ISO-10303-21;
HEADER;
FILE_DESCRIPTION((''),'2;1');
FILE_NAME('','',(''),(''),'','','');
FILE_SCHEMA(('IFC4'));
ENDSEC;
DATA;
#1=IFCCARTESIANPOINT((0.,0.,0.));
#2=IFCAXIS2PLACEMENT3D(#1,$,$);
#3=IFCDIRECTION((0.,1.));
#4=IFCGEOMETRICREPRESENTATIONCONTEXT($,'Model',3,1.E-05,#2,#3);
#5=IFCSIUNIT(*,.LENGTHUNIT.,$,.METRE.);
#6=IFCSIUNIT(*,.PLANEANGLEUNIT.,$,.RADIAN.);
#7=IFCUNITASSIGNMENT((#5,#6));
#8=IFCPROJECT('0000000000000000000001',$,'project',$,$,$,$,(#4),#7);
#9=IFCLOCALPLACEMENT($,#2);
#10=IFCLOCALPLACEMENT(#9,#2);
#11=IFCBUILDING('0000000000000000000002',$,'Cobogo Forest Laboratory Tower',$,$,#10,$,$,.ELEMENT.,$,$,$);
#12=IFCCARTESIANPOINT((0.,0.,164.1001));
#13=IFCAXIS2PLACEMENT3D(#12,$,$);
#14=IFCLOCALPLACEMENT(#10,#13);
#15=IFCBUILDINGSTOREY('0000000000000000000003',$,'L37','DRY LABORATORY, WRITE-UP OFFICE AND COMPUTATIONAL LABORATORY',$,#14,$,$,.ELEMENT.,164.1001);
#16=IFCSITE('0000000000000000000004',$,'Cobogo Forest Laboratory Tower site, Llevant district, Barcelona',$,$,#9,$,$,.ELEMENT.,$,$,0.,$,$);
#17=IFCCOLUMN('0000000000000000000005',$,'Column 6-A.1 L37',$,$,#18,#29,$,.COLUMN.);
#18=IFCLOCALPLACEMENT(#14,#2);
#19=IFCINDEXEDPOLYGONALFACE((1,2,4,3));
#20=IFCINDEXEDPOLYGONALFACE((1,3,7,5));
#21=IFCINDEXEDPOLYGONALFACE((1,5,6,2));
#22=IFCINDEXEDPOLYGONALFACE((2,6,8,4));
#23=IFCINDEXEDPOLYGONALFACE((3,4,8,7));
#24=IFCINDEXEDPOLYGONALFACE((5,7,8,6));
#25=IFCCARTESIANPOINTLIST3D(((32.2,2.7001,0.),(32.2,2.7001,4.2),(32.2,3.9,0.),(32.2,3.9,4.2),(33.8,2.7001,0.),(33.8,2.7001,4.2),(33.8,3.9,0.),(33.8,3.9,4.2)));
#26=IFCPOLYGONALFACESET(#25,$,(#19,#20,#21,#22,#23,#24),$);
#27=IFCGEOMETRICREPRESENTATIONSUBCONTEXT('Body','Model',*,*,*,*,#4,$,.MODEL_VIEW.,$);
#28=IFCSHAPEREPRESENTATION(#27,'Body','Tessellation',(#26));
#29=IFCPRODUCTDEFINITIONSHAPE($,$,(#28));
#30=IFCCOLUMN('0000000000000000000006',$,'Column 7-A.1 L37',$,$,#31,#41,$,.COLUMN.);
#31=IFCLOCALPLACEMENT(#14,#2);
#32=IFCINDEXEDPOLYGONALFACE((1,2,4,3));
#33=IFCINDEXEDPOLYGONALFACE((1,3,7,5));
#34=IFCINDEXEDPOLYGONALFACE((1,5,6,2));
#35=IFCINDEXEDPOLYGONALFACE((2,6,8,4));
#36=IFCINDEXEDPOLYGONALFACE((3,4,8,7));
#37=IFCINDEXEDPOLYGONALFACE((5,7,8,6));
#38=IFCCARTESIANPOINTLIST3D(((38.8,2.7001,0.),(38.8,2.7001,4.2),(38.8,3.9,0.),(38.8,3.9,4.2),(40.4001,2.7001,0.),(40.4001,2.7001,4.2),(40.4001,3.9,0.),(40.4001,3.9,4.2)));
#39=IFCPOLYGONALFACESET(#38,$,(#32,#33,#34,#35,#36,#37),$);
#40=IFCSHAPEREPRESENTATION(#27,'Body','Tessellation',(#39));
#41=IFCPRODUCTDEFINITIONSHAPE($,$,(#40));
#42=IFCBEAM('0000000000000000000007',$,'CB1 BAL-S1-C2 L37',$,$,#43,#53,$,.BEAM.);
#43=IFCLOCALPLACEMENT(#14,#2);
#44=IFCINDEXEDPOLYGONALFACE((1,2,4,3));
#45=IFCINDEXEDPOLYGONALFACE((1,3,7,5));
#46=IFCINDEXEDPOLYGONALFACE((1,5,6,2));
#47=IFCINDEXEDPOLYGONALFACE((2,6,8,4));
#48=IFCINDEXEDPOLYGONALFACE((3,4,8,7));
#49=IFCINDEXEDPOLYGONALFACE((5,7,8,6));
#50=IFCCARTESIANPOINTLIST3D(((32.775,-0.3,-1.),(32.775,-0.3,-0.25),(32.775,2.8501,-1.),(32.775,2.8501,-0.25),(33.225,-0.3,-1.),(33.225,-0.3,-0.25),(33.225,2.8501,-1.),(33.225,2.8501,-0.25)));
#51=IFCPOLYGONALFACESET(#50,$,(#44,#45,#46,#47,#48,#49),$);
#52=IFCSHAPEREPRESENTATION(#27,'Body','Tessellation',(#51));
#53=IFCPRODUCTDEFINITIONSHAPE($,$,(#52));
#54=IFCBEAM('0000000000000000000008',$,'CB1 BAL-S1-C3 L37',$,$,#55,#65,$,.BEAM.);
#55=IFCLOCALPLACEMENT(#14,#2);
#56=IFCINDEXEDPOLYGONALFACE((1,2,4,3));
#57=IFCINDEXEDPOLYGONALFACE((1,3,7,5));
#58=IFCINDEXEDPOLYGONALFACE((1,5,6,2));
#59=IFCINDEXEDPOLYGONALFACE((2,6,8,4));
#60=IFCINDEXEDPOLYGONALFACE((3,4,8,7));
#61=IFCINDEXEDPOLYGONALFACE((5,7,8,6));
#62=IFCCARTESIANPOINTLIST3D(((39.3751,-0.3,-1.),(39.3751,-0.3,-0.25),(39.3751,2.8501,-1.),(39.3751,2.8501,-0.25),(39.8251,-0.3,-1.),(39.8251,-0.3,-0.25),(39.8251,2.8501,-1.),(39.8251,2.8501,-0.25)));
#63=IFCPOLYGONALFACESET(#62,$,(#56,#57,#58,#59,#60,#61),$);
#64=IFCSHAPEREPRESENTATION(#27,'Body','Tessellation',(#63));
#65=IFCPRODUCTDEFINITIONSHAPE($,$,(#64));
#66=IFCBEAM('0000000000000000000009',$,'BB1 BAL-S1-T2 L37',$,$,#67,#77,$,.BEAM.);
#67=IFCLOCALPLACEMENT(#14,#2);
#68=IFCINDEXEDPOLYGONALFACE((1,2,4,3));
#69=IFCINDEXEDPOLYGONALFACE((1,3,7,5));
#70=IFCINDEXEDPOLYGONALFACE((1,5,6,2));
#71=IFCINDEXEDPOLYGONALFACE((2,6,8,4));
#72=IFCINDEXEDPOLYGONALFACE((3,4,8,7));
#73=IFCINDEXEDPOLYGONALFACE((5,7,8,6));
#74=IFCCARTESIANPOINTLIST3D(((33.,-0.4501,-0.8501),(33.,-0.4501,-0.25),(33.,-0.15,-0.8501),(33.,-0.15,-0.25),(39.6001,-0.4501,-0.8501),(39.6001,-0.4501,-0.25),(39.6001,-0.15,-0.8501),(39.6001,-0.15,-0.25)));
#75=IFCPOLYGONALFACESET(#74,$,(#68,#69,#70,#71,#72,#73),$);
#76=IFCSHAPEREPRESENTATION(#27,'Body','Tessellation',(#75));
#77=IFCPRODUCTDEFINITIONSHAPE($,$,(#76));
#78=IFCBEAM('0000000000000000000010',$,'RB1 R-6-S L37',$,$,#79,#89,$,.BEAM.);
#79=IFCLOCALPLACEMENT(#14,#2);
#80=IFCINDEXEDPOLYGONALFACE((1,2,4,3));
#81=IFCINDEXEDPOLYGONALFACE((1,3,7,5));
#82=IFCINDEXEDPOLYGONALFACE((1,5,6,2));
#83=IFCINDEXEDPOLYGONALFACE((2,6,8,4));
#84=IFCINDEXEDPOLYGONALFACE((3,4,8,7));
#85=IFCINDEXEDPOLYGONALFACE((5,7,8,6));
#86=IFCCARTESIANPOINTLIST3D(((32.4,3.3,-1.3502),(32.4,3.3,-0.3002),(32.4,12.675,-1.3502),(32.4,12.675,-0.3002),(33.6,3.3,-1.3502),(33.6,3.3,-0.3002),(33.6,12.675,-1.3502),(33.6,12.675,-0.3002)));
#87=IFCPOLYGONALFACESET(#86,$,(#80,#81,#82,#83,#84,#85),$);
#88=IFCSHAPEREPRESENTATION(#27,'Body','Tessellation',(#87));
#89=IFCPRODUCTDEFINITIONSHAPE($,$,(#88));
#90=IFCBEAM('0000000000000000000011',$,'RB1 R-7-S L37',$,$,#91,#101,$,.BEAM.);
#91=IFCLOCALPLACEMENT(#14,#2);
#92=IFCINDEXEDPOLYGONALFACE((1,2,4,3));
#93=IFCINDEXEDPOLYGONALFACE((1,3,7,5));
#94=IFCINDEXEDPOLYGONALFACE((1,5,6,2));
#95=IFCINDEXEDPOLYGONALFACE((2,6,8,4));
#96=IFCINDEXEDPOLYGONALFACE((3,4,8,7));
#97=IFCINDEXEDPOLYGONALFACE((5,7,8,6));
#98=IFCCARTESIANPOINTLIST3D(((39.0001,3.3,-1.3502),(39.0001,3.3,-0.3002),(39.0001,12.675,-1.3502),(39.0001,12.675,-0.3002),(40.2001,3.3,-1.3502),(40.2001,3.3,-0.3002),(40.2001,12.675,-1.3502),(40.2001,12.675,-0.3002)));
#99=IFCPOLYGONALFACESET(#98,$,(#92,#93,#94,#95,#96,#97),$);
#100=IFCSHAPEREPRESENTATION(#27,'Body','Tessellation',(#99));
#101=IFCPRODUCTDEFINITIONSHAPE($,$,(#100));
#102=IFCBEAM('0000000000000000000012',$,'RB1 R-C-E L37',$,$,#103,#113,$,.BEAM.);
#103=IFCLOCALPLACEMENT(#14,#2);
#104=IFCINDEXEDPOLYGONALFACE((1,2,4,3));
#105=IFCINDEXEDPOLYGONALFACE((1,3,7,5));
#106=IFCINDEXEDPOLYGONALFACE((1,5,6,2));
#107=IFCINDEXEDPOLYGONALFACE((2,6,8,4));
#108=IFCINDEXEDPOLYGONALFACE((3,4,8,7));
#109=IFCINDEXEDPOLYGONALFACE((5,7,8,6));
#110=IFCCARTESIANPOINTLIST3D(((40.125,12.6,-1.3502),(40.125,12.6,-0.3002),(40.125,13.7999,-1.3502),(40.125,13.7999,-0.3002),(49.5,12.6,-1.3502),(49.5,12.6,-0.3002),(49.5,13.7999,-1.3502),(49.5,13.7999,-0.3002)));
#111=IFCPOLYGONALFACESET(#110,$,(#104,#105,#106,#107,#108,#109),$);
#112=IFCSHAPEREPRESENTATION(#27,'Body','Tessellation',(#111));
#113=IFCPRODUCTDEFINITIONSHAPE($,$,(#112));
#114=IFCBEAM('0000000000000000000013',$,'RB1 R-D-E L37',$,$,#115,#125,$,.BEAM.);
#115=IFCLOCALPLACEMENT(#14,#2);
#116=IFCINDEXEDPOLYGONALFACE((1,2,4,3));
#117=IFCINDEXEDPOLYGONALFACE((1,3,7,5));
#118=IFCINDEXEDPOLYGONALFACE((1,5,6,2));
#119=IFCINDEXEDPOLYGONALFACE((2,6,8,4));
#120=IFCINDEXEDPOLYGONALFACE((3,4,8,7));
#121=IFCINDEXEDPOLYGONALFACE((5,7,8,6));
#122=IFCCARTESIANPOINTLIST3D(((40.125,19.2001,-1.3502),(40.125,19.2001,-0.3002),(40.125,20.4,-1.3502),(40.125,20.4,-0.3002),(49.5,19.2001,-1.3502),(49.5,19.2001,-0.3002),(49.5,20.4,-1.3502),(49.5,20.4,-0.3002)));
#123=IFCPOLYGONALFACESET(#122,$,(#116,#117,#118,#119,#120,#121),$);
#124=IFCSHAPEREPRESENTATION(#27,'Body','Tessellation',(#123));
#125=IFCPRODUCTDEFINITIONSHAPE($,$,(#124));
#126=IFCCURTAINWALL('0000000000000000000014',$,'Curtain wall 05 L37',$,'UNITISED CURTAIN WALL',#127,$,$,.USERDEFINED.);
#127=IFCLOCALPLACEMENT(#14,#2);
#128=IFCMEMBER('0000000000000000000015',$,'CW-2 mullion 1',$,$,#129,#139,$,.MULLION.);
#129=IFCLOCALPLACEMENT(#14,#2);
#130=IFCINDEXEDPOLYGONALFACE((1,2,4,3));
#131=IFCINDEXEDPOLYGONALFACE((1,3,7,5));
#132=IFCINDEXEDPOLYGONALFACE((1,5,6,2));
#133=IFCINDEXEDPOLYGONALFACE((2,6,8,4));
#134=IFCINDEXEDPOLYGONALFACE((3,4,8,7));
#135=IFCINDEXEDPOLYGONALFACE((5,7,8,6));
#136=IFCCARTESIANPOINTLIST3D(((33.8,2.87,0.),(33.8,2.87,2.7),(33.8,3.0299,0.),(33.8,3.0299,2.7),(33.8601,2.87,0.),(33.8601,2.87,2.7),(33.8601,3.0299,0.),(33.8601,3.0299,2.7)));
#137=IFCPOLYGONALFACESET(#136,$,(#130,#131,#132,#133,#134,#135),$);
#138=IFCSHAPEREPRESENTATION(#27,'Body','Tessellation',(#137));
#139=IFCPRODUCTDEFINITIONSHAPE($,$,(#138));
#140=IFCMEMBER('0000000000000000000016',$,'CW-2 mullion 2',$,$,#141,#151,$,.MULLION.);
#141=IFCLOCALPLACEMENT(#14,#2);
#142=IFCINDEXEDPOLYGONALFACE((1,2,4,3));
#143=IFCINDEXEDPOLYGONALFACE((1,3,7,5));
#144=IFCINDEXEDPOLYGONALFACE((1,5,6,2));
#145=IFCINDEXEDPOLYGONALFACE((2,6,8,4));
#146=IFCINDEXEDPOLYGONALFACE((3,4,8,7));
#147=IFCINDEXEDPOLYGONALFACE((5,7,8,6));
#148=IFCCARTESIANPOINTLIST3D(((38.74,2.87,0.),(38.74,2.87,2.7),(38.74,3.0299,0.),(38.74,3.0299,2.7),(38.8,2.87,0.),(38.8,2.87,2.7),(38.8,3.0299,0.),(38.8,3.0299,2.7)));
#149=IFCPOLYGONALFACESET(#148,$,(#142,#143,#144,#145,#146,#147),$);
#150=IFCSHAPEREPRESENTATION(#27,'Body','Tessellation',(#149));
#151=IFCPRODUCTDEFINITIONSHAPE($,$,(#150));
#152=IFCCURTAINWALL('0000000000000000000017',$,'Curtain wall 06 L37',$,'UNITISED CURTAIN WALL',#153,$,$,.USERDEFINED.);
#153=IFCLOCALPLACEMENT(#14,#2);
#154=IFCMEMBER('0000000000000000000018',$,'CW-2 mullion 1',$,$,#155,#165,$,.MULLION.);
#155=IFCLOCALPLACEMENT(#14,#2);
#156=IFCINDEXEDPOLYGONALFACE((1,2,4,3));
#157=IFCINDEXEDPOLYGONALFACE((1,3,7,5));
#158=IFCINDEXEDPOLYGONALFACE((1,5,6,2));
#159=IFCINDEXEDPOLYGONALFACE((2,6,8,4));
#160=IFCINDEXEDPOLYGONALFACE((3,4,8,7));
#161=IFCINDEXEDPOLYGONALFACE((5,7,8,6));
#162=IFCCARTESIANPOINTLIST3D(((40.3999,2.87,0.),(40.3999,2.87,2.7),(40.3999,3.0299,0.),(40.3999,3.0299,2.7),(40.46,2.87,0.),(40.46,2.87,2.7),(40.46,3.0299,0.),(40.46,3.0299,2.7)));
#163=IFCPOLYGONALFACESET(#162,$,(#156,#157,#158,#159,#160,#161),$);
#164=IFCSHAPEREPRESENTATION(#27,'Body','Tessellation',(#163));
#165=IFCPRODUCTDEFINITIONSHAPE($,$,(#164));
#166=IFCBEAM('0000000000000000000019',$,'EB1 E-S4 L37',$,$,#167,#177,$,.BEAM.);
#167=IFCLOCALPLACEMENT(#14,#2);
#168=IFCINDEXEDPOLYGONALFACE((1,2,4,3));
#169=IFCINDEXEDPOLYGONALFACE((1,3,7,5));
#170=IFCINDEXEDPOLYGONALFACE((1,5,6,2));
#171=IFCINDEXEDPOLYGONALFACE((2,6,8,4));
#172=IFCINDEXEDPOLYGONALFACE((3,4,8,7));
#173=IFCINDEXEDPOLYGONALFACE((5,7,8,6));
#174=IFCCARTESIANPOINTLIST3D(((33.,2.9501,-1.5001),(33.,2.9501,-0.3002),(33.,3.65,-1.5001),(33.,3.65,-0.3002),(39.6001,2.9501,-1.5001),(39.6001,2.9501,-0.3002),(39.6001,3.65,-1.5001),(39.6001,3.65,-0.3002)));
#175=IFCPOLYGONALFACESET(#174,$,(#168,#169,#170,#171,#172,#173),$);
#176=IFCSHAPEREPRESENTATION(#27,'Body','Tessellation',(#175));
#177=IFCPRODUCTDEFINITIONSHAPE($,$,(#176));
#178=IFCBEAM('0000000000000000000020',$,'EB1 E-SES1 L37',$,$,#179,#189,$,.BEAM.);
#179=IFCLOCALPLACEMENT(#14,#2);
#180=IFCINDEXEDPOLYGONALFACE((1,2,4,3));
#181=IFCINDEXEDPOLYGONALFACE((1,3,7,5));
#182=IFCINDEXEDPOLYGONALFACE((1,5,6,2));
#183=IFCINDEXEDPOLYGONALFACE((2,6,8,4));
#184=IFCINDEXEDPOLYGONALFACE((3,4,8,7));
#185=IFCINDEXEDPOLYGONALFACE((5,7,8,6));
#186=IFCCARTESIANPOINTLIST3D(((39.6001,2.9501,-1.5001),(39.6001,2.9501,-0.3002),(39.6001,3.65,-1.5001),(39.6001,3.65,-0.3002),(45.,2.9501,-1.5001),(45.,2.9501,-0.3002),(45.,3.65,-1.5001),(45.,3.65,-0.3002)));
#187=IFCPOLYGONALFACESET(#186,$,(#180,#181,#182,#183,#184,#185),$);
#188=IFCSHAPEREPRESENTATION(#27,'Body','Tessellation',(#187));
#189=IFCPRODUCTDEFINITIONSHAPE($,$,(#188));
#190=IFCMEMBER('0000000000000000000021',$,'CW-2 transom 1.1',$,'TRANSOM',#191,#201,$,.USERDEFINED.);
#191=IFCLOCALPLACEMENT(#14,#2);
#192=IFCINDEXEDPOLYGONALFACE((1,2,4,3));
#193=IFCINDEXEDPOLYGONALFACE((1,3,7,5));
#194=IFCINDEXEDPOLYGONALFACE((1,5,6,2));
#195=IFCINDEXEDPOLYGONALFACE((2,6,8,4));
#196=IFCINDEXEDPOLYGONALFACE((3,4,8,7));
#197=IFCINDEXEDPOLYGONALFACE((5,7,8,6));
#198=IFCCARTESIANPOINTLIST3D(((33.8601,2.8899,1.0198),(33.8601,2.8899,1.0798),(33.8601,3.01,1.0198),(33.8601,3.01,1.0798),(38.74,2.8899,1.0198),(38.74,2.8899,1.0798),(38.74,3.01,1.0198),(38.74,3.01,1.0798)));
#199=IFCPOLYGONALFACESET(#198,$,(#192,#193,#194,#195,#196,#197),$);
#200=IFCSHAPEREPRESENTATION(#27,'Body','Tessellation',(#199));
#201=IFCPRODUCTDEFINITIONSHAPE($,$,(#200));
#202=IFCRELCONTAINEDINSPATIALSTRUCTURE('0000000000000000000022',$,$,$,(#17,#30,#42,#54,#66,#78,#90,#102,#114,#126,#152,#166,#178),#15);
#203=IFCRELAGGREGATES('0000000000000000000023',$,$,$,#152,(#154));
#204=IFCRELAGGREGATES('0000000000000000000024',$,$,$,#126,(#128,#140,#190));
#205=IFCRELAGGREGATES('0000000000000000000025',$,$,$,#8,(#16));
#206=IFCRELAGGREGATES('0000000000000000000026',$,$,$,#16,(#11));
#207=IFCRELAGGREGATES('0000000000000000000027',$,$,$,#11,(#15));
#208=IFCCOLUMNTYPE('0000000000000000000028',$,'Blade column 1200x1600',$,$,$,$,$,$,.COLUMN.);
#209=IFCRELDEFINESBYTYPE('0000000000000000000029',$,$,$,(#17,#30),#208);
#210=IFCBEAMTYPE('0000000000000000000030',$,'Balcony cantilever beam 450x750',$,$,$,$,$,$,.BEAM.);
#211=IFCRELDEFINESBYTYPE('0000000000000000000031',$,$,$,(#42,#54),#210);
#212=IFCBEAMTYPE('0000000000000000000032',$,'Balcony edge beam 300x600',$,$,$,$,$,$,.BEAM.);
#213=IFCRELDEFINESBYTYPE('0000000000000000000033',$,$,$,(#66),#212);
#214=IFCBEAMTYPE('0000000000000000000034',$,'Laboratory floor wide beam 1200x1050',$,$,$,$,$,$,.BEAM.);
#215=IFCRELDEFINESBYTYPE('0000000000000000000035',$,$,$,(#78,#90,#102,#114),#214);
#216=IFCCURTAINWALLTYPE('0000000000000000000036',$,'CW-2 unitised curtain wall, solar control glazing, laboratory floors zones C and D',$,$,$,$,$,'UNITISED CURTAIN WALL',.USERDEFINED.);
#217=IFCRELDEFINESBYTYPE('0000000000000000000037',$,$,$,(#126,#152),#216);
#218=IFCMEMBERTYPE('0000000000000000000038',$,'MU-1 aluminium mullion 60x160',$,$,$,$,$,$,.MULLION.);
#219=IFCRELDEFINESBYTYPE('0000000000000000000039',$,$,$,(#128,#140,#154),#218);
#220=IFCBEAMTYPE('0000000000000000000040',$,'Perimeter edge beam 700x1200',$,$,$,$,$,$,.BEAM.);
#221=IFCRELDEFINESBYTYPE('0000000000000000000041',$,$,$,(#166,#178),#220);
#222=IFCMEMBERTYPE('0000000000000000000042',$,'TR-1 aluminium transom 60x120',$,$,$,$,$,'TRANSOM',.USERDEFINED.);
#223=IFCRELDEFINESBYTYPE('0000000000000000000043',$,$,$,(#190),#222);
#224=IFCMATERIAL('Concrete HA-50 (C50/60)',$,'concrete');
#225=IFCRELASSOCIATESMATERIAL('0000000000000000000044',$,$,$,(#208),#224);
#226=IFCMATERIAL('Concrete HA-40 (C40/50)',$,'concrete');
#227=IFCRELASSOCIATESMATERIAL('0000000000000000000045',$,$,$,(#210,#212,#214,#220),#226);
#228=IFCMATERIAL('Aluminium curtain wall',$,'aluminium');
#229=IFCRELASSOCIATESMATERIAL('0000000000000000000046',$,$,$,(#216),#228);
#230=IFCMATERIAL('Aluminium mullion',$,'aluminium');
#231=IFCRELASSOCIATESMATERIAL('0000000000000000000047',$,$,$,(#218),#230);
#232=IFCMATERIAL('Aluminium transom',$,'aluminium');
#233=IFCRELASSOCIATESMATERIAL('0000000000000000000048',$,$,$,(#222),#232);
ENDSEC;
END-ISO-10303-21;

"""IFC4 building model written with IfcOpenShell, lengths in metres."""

from ifc_helpers import new_model, si_unit, direction, frame, origin, origin_2d, place, context, subcontext, project, spatial, rectangle, extrude, material, material_profile, profile_set, type_object, element, aggregate, save


model = new_model("IFC4")

# Units and contexts
model_context = context("Model", 3, precision=1e-05, world=origin(), true_north=direction((0.0, 1.0)))
body_context = subcontext(model_context, "Body", "Model", "MODEL_VIEW")
ifc_project = project(units=[si_unit("LENGTHUNIT", "METRE"), si_unit("PLANEANGLEUNIT", "RADIAN")], contexts=[model_context])

# Site, building, storey
site_placement = place(None, origin())
site = spatial("IfcSite", under=ifc_project, at=site_placement, Name="Cobogo Forest Laboratory Tower site, Llevant district, Barcelona", CompositionType="ELEMENT", RefElevation=0.0)
building_placement = place(site_placement, origin())
building = spatial("IfcBuilding", under=site, at=building_placement, Name="Cobogo Forest Laboratory Tower", CompositionType="ELEMENT")
storey_placement = place(building_placement, frame((0.0, 0.0, 164.1001)))
storey = spatial("IfcBuildingStorey", under=building, at=storey_placement, Name="L37", Description="DRY LABORATORY, WRITE-UP OFFICE AND COMPUTATIONAL LABORATORY", CompositionType="ELEMENT", Elevation=164.1001)

# Columns
ifc_material_1 = material(Name="Concrete HA-50 (C50/60)", Category="concrete")
ifc_material_profile_1 = material_profile(ifc_material_1, rectangle(XDim=1.6001, YDim=1.2, at=origin_2d()), Name="RC 1200x1600")
ifc_profile_set_1 = profile_set([ifc_material_profile_1], Name="Concrete HA-50 (C50/60)")
column_type = type_object("IfcColumnType", Name="Blade column 1200x1600", PredefinedType="COLUMN", material=ifc_profile_set_1)
for number, where, z_axis, x_axis, name in (
    (1, (33.0, 3.3, 0.0), (0.0, 0.0, 1.0), (1.0, 0.0, 0.0), "Column 6-A.1 L37"),
    (2, (39.6001, 3.3, 0.0), (0.0, 0.0, 1.0), (1.0, 0.0, 0.0), "Column 7-A.1 L37"),
):
    element("IfcColumn", number, at=place(storey_placement, frame(where, z_axis=z_axis, x_axis=x_axis)), inside=storey, type_object=column_type, Name=name, PredefinedType="COLUMN", context=body_context, shape_type="SweptSolid", body=[
        extrude(rectangle(XDim=1.6001, YDim=1.2, at=origin_2d()), origin(), (0.0, 0.0, 1.0), 4.2),
    ])

# Beams
ifc_material_2 = material(Name="Concrete HA-40 (C40/50)", Category="concrete")
ifc_material_profile_2 = material_profile(ifc_material_2, rectangle(XDim=0.45, YDim=0.75, at=origin_2d()), Name="RC 450x750")
ifc_profile_set_2 = profile_set([ifc_material_profile_2], Name="Concrete HA-40 (C40/50)")
beam_type_1 = type_object("IfcBeamType", Name="Balcony cantilever beam 450x750", PredefinedType="BEAM", material=ifc_profile_set_2)
for number, where, z_axis, x_axis, name in (
    (3, (33.0, 2.8501, -0.625), (0.0, -1.0, 0.0), (1.0, 0.0, 0.0), "CB1 BAL-S1-C2 L37"),
    (4, (39.6001, 2.8501, -0.625), (0.0, -1.0, 0.0), (1.0, 0.0, 0.0), "CB1 BAL-S1-C3 L37"),
):
    element("IfcBeam", number, at=place(storey_placement, frame(where, z_axis=z_axis, x_axis=x_axis)), inside=storey, type_object=beam_type_1, Name=name, PredefinedType="BEAM", context=body_context, shape_type="SweptSolid", body=[
        extrude(rectangle(XDim=0.45, YDim=0.75, at=origin_2d()), origin(), (0.0, 0.0, 1.0), 3.1501),
    ])
ifc_material_profile_3 = material_profile(ifc_material_2, rectangle(XDim=0.3, YDim=0.6001, at=origin_2d()), Name="RC 300x600")
ifc_profile_set_3 = profile_set([ifc_material_profile_3], Name="Concrete HA-40 (C40/50)")
beam_type_2 = type_object("IfcBeamType", Name="Balcony edge beam 300x600", PredefinedType="BEAM", material=ifc_profile_set_3)
beam_1_placement = place(storey_placement, frame((33.0, -0.3, -0.55), z_axis=(1.0, 0.0, 0.0), x_axis=(0.0, 1.0, 0.0)))
element("IfcBeam", 5, at=beam_1_placement, inside=storey, type_object=beam_type_2, Name="BB1 BAL-S1-T2 L37", PredefinedType="BEAM", context=body_context, shape_type="SweptSolid", body=[
    extrude(rectangle(XDim=0.3, YDim=0.6001, at=origin_2d()), origin(), (0.0, 0.0, 1.0), 6.6001),
])
ifc_material_profile_4 = material_profile(ifc_material_2, rectangle(XDim=1.2, YDim=1.05, at=origin_2d()), Name="RC 1200x1050")
ifc_profile_set_4 = profile_set([ifc_material_profile_4], Name="Concrete HA-40 (C40/50)")
beam_type_3 = type_object("IfcBeamType", Name="Laboratory floor wide beam 1200x1050", PredefinedType="BEAM", material=ifc_profile_set_4)
for number, where, z_axis, x_axis, name in (
    (6, (33.0, 12.675, -0.8252), (0.0, -1.0, 0.0), (1.0, 0.0, 0.0), "RB1 R-6-S L37"),
    (7, (39.6001, 12.675, -0.8252), (0.0, -1.0, 0.0), (1.0, 0.0, 0.0), "RB1 R-7-S L37"),
    (8, (40.125, 13.2, -0.8252), (1.0, 0.0, 0.0), (0.0, 1.0, 0.0), "RB1 R-C-E L37"),
    (9, (40.125, 19.8, -0.8252), (1.0, 0.0, 0.0), (0.0, 1.0, 0.0), "RB1 R-D-E L37"),
):
    element("IfcBeam", number, at=place(storey_placement, frame(where, z_axis=z_axis, x_axis=x_axis)), inside=storey, type_object=beam_type_3, Name=name, PredefinedType="BEAM", context=body_context, shape_type="SweptSolid", body=[
        extrude(rectangle(XDim=1.2, YDim=1.05, at=origin_2d()), origin(), (0.0, 0.0, 1.0), 9.375),
    ])

# Curtain wall, members
ifc_material_3 = material(Name="Aluminium curtain wall", Category="aluminium")
curtain_wall_type = type_object("IfcCurtainWallType", Name="CW-2 unitised curtain wall, solar control glazing, laboratory floors zones C and D", ElementType="UNITISED CURTAIN WALL", PredefinedType="USERDEFINED", material=ifc_material_3)
curtain_wall_1_placement = place(storey_placement, origin())
curtain_wall_1 = element("IfcCurtainWall", 10, at=curtain_wall_1_placement, inside=storey, type_object=curtain_wall_type, Name="Curtain wall 05 L37", ObjectType="UNITISED CURTAIN WALL", PredefinedType="USERDEFINED")
ifc_material_4 = material(Name="Aluminium mullion", Category="aluminium")
ifc_material_profile_5 = material_profile(ifc_material_4, rectangle(XDim=0.0601, YDim=0.1599, at=origin_2d()), Name="AL 60x160")
ifc_profile_set_5 = profile_set([ifc_material_profile_5], Name="Aluminium mullion")
member_type_1 = type_object("IfcMemberType", Name="MU-1 aluminium mullion 60x160", PredefinedType="MULLION", material=ifc_profile_set_5)
member_1_placement = place(storey_placement, frame((33.8301, 2.95, 0.0), z_axis=(0.0, 0.0, 1.0), x_axis=(1.0, 0.0, 0.0)))
member_1 = element("IfcMember", 11, at=member_1_placement, type_object=member_type_1, Name="CW-2 mullion 1", PredefinedType="MULLION", context=body_context, shape_type="SweptSolid", body=[
    extrude(rectangle(XDim=0.0601, YDim=0.1599, at=origin_2d()), origin(), (0.0, 0.0, 1.0), 2.7),
])
member_2_placement = place(storey_placement, frame((38.77, 2.95, 0.0), z_axis=(0.0, 0.0, 1.0), x_axis=(1.0, 0.0, 0.0)))
member_2 = element("IfcMember", 12, at=member_2_placement, type_object=member_type_1, Name="CW-2 mullion 2", PredefinedType="MULLION", context=body_context, shape_type="SweptSolid", body=[
    extrude(rectangle(XDim=0.0601, YDim=0.1599, at=origin_2d()), origin(), (0.0, 0.0, 1.0), 2.7),
])

# Curtain wall, member
curtain_wall_2_placement = place(storey_placement, origin())
curtain_wall_2 = element("IfcCurtainWall", 13, at=curtain_wall_2_placement, inside=storey, type_object=curtain_wall_type, Name="Curtain wall 06 L37", ObjectType="UNITISED CURTAIN WALL", PredefinedType="USERDEFINED")
member_3_placement = place(storey_placement, frame((40.4299, 2.95, 0.0), z_axis=(0.0, 0.0, 1.0), x_axis=(1.0, 0.0, 0.0)))
member_3 = element("IfcMember", 14, at=member_3_placement, type_object=member_type_1, Name="CW-2 mullion 1", PredefinedType="MULLION", context=body_context, shape_type="SweptSolid", body=[
    extrude(rectangle(XDim=0.0601, YDim=0.1599, at=origin_2d()), origin(), (0.0, 0.0, 1.0), 2.7),
])
aggregate(curtain_wall_2, [member_3])

# Beams
ifc_material_profile_6 = material_profile(ifc_material_2, rectangle(XDim=0.7, YDim=1.2, at=origin_2d()), Name="RC 700x1200")
ifc_profile_set_6 = profile_set([ifc_material_profile_6], Name="Concrete HA-40 (C40/50)")
beam_type_4 = type_object("IfcBeamType", Name="Perimeter edge beam 700x1200", PredefinedType="BEAM", material=ifc_profile_set_6)
beam_2_placement = place(storey_placement, frame((33.0, 3.3, -0.9001), z_axis=(1.0, 0.0, 0.0), x_axis=(0.0, 1.0, 0.0)))
element("IfcBeam", 15, at=beam_2_placement, inside=storey, type_object=beam_type_4, Name="EB1 E-S4 L37", PredefinedType="BEAM", context=body_context, shape_type="SweptSolid", body=[
    extrude(rectangle(XDim=0.7, YDim=1.2, at=origin_2d()), origin(), (0.0, 0.0, 1.0), 6.6001),
])
beam_3_placement = place(storey_placement, frame((39.6001, 3.3, -0.9001), z_axis=(1.0, 0.0, 0.0), x_axis=(0.0, 1.0, 0.0)))
element("IfcBeam", 16, at=beam_3_placement, inside=storey, type_object=beam_type_4, Name="EB1 E-SES1 L37", PredefinedType="BEAM", context=body_context, shape_type="SweptSolid", body=[
    extrude(rectangle(XDim=0.7, YDim=1.2, at=origin_2d()), origin(), (0.0, 0.0, 1.0), 5.3999),
])

# Member
ifc_material_5 = material(Name="Aluminium transom", Category="aluminium")
ifc_material_profile_7 = material_profile(ifc_material_5, rectangle(XDim=0.1201, YDim=0.0601, at=origin_2d()), Name="AL 60x120")
ifc_profile_set_7 = profile_set([ifc_material_profile_7], Name="Aluminium transom")
member_type_2 = type_object("IfcMemberType", Name="TR-1 aluminium transom 60x120", ElementType="TRANSOM", PredefinedType="USERDEFINED", material=ifc_profile_set_7)
member_4_placement = place(storey_placement, frame((33.8601, 2.95, 1.0498), z_axis=(1.0, 0.0, 0.0), x_axis=(0.0, 1.0, 0.0)))
member_4 = element("IfcMember", 17, at=member_4_placement, type_object=member_type_2, Name="CW-2 transom 1.1", ObjectType="TRANSOM", PredefinedType="USERDEFINED", context=body_context, shape_type="SweptSolid", body=[
    extrude(rectangle(XDim=0.1201, YDim=0.0601, at=origin_2d()), origin(), (0.0, 0.0, 1.0), 4.8799),
])

aggregate(curtain_wall_1, [member_1, member_2, member_4])

save(model, "model.ifc")
